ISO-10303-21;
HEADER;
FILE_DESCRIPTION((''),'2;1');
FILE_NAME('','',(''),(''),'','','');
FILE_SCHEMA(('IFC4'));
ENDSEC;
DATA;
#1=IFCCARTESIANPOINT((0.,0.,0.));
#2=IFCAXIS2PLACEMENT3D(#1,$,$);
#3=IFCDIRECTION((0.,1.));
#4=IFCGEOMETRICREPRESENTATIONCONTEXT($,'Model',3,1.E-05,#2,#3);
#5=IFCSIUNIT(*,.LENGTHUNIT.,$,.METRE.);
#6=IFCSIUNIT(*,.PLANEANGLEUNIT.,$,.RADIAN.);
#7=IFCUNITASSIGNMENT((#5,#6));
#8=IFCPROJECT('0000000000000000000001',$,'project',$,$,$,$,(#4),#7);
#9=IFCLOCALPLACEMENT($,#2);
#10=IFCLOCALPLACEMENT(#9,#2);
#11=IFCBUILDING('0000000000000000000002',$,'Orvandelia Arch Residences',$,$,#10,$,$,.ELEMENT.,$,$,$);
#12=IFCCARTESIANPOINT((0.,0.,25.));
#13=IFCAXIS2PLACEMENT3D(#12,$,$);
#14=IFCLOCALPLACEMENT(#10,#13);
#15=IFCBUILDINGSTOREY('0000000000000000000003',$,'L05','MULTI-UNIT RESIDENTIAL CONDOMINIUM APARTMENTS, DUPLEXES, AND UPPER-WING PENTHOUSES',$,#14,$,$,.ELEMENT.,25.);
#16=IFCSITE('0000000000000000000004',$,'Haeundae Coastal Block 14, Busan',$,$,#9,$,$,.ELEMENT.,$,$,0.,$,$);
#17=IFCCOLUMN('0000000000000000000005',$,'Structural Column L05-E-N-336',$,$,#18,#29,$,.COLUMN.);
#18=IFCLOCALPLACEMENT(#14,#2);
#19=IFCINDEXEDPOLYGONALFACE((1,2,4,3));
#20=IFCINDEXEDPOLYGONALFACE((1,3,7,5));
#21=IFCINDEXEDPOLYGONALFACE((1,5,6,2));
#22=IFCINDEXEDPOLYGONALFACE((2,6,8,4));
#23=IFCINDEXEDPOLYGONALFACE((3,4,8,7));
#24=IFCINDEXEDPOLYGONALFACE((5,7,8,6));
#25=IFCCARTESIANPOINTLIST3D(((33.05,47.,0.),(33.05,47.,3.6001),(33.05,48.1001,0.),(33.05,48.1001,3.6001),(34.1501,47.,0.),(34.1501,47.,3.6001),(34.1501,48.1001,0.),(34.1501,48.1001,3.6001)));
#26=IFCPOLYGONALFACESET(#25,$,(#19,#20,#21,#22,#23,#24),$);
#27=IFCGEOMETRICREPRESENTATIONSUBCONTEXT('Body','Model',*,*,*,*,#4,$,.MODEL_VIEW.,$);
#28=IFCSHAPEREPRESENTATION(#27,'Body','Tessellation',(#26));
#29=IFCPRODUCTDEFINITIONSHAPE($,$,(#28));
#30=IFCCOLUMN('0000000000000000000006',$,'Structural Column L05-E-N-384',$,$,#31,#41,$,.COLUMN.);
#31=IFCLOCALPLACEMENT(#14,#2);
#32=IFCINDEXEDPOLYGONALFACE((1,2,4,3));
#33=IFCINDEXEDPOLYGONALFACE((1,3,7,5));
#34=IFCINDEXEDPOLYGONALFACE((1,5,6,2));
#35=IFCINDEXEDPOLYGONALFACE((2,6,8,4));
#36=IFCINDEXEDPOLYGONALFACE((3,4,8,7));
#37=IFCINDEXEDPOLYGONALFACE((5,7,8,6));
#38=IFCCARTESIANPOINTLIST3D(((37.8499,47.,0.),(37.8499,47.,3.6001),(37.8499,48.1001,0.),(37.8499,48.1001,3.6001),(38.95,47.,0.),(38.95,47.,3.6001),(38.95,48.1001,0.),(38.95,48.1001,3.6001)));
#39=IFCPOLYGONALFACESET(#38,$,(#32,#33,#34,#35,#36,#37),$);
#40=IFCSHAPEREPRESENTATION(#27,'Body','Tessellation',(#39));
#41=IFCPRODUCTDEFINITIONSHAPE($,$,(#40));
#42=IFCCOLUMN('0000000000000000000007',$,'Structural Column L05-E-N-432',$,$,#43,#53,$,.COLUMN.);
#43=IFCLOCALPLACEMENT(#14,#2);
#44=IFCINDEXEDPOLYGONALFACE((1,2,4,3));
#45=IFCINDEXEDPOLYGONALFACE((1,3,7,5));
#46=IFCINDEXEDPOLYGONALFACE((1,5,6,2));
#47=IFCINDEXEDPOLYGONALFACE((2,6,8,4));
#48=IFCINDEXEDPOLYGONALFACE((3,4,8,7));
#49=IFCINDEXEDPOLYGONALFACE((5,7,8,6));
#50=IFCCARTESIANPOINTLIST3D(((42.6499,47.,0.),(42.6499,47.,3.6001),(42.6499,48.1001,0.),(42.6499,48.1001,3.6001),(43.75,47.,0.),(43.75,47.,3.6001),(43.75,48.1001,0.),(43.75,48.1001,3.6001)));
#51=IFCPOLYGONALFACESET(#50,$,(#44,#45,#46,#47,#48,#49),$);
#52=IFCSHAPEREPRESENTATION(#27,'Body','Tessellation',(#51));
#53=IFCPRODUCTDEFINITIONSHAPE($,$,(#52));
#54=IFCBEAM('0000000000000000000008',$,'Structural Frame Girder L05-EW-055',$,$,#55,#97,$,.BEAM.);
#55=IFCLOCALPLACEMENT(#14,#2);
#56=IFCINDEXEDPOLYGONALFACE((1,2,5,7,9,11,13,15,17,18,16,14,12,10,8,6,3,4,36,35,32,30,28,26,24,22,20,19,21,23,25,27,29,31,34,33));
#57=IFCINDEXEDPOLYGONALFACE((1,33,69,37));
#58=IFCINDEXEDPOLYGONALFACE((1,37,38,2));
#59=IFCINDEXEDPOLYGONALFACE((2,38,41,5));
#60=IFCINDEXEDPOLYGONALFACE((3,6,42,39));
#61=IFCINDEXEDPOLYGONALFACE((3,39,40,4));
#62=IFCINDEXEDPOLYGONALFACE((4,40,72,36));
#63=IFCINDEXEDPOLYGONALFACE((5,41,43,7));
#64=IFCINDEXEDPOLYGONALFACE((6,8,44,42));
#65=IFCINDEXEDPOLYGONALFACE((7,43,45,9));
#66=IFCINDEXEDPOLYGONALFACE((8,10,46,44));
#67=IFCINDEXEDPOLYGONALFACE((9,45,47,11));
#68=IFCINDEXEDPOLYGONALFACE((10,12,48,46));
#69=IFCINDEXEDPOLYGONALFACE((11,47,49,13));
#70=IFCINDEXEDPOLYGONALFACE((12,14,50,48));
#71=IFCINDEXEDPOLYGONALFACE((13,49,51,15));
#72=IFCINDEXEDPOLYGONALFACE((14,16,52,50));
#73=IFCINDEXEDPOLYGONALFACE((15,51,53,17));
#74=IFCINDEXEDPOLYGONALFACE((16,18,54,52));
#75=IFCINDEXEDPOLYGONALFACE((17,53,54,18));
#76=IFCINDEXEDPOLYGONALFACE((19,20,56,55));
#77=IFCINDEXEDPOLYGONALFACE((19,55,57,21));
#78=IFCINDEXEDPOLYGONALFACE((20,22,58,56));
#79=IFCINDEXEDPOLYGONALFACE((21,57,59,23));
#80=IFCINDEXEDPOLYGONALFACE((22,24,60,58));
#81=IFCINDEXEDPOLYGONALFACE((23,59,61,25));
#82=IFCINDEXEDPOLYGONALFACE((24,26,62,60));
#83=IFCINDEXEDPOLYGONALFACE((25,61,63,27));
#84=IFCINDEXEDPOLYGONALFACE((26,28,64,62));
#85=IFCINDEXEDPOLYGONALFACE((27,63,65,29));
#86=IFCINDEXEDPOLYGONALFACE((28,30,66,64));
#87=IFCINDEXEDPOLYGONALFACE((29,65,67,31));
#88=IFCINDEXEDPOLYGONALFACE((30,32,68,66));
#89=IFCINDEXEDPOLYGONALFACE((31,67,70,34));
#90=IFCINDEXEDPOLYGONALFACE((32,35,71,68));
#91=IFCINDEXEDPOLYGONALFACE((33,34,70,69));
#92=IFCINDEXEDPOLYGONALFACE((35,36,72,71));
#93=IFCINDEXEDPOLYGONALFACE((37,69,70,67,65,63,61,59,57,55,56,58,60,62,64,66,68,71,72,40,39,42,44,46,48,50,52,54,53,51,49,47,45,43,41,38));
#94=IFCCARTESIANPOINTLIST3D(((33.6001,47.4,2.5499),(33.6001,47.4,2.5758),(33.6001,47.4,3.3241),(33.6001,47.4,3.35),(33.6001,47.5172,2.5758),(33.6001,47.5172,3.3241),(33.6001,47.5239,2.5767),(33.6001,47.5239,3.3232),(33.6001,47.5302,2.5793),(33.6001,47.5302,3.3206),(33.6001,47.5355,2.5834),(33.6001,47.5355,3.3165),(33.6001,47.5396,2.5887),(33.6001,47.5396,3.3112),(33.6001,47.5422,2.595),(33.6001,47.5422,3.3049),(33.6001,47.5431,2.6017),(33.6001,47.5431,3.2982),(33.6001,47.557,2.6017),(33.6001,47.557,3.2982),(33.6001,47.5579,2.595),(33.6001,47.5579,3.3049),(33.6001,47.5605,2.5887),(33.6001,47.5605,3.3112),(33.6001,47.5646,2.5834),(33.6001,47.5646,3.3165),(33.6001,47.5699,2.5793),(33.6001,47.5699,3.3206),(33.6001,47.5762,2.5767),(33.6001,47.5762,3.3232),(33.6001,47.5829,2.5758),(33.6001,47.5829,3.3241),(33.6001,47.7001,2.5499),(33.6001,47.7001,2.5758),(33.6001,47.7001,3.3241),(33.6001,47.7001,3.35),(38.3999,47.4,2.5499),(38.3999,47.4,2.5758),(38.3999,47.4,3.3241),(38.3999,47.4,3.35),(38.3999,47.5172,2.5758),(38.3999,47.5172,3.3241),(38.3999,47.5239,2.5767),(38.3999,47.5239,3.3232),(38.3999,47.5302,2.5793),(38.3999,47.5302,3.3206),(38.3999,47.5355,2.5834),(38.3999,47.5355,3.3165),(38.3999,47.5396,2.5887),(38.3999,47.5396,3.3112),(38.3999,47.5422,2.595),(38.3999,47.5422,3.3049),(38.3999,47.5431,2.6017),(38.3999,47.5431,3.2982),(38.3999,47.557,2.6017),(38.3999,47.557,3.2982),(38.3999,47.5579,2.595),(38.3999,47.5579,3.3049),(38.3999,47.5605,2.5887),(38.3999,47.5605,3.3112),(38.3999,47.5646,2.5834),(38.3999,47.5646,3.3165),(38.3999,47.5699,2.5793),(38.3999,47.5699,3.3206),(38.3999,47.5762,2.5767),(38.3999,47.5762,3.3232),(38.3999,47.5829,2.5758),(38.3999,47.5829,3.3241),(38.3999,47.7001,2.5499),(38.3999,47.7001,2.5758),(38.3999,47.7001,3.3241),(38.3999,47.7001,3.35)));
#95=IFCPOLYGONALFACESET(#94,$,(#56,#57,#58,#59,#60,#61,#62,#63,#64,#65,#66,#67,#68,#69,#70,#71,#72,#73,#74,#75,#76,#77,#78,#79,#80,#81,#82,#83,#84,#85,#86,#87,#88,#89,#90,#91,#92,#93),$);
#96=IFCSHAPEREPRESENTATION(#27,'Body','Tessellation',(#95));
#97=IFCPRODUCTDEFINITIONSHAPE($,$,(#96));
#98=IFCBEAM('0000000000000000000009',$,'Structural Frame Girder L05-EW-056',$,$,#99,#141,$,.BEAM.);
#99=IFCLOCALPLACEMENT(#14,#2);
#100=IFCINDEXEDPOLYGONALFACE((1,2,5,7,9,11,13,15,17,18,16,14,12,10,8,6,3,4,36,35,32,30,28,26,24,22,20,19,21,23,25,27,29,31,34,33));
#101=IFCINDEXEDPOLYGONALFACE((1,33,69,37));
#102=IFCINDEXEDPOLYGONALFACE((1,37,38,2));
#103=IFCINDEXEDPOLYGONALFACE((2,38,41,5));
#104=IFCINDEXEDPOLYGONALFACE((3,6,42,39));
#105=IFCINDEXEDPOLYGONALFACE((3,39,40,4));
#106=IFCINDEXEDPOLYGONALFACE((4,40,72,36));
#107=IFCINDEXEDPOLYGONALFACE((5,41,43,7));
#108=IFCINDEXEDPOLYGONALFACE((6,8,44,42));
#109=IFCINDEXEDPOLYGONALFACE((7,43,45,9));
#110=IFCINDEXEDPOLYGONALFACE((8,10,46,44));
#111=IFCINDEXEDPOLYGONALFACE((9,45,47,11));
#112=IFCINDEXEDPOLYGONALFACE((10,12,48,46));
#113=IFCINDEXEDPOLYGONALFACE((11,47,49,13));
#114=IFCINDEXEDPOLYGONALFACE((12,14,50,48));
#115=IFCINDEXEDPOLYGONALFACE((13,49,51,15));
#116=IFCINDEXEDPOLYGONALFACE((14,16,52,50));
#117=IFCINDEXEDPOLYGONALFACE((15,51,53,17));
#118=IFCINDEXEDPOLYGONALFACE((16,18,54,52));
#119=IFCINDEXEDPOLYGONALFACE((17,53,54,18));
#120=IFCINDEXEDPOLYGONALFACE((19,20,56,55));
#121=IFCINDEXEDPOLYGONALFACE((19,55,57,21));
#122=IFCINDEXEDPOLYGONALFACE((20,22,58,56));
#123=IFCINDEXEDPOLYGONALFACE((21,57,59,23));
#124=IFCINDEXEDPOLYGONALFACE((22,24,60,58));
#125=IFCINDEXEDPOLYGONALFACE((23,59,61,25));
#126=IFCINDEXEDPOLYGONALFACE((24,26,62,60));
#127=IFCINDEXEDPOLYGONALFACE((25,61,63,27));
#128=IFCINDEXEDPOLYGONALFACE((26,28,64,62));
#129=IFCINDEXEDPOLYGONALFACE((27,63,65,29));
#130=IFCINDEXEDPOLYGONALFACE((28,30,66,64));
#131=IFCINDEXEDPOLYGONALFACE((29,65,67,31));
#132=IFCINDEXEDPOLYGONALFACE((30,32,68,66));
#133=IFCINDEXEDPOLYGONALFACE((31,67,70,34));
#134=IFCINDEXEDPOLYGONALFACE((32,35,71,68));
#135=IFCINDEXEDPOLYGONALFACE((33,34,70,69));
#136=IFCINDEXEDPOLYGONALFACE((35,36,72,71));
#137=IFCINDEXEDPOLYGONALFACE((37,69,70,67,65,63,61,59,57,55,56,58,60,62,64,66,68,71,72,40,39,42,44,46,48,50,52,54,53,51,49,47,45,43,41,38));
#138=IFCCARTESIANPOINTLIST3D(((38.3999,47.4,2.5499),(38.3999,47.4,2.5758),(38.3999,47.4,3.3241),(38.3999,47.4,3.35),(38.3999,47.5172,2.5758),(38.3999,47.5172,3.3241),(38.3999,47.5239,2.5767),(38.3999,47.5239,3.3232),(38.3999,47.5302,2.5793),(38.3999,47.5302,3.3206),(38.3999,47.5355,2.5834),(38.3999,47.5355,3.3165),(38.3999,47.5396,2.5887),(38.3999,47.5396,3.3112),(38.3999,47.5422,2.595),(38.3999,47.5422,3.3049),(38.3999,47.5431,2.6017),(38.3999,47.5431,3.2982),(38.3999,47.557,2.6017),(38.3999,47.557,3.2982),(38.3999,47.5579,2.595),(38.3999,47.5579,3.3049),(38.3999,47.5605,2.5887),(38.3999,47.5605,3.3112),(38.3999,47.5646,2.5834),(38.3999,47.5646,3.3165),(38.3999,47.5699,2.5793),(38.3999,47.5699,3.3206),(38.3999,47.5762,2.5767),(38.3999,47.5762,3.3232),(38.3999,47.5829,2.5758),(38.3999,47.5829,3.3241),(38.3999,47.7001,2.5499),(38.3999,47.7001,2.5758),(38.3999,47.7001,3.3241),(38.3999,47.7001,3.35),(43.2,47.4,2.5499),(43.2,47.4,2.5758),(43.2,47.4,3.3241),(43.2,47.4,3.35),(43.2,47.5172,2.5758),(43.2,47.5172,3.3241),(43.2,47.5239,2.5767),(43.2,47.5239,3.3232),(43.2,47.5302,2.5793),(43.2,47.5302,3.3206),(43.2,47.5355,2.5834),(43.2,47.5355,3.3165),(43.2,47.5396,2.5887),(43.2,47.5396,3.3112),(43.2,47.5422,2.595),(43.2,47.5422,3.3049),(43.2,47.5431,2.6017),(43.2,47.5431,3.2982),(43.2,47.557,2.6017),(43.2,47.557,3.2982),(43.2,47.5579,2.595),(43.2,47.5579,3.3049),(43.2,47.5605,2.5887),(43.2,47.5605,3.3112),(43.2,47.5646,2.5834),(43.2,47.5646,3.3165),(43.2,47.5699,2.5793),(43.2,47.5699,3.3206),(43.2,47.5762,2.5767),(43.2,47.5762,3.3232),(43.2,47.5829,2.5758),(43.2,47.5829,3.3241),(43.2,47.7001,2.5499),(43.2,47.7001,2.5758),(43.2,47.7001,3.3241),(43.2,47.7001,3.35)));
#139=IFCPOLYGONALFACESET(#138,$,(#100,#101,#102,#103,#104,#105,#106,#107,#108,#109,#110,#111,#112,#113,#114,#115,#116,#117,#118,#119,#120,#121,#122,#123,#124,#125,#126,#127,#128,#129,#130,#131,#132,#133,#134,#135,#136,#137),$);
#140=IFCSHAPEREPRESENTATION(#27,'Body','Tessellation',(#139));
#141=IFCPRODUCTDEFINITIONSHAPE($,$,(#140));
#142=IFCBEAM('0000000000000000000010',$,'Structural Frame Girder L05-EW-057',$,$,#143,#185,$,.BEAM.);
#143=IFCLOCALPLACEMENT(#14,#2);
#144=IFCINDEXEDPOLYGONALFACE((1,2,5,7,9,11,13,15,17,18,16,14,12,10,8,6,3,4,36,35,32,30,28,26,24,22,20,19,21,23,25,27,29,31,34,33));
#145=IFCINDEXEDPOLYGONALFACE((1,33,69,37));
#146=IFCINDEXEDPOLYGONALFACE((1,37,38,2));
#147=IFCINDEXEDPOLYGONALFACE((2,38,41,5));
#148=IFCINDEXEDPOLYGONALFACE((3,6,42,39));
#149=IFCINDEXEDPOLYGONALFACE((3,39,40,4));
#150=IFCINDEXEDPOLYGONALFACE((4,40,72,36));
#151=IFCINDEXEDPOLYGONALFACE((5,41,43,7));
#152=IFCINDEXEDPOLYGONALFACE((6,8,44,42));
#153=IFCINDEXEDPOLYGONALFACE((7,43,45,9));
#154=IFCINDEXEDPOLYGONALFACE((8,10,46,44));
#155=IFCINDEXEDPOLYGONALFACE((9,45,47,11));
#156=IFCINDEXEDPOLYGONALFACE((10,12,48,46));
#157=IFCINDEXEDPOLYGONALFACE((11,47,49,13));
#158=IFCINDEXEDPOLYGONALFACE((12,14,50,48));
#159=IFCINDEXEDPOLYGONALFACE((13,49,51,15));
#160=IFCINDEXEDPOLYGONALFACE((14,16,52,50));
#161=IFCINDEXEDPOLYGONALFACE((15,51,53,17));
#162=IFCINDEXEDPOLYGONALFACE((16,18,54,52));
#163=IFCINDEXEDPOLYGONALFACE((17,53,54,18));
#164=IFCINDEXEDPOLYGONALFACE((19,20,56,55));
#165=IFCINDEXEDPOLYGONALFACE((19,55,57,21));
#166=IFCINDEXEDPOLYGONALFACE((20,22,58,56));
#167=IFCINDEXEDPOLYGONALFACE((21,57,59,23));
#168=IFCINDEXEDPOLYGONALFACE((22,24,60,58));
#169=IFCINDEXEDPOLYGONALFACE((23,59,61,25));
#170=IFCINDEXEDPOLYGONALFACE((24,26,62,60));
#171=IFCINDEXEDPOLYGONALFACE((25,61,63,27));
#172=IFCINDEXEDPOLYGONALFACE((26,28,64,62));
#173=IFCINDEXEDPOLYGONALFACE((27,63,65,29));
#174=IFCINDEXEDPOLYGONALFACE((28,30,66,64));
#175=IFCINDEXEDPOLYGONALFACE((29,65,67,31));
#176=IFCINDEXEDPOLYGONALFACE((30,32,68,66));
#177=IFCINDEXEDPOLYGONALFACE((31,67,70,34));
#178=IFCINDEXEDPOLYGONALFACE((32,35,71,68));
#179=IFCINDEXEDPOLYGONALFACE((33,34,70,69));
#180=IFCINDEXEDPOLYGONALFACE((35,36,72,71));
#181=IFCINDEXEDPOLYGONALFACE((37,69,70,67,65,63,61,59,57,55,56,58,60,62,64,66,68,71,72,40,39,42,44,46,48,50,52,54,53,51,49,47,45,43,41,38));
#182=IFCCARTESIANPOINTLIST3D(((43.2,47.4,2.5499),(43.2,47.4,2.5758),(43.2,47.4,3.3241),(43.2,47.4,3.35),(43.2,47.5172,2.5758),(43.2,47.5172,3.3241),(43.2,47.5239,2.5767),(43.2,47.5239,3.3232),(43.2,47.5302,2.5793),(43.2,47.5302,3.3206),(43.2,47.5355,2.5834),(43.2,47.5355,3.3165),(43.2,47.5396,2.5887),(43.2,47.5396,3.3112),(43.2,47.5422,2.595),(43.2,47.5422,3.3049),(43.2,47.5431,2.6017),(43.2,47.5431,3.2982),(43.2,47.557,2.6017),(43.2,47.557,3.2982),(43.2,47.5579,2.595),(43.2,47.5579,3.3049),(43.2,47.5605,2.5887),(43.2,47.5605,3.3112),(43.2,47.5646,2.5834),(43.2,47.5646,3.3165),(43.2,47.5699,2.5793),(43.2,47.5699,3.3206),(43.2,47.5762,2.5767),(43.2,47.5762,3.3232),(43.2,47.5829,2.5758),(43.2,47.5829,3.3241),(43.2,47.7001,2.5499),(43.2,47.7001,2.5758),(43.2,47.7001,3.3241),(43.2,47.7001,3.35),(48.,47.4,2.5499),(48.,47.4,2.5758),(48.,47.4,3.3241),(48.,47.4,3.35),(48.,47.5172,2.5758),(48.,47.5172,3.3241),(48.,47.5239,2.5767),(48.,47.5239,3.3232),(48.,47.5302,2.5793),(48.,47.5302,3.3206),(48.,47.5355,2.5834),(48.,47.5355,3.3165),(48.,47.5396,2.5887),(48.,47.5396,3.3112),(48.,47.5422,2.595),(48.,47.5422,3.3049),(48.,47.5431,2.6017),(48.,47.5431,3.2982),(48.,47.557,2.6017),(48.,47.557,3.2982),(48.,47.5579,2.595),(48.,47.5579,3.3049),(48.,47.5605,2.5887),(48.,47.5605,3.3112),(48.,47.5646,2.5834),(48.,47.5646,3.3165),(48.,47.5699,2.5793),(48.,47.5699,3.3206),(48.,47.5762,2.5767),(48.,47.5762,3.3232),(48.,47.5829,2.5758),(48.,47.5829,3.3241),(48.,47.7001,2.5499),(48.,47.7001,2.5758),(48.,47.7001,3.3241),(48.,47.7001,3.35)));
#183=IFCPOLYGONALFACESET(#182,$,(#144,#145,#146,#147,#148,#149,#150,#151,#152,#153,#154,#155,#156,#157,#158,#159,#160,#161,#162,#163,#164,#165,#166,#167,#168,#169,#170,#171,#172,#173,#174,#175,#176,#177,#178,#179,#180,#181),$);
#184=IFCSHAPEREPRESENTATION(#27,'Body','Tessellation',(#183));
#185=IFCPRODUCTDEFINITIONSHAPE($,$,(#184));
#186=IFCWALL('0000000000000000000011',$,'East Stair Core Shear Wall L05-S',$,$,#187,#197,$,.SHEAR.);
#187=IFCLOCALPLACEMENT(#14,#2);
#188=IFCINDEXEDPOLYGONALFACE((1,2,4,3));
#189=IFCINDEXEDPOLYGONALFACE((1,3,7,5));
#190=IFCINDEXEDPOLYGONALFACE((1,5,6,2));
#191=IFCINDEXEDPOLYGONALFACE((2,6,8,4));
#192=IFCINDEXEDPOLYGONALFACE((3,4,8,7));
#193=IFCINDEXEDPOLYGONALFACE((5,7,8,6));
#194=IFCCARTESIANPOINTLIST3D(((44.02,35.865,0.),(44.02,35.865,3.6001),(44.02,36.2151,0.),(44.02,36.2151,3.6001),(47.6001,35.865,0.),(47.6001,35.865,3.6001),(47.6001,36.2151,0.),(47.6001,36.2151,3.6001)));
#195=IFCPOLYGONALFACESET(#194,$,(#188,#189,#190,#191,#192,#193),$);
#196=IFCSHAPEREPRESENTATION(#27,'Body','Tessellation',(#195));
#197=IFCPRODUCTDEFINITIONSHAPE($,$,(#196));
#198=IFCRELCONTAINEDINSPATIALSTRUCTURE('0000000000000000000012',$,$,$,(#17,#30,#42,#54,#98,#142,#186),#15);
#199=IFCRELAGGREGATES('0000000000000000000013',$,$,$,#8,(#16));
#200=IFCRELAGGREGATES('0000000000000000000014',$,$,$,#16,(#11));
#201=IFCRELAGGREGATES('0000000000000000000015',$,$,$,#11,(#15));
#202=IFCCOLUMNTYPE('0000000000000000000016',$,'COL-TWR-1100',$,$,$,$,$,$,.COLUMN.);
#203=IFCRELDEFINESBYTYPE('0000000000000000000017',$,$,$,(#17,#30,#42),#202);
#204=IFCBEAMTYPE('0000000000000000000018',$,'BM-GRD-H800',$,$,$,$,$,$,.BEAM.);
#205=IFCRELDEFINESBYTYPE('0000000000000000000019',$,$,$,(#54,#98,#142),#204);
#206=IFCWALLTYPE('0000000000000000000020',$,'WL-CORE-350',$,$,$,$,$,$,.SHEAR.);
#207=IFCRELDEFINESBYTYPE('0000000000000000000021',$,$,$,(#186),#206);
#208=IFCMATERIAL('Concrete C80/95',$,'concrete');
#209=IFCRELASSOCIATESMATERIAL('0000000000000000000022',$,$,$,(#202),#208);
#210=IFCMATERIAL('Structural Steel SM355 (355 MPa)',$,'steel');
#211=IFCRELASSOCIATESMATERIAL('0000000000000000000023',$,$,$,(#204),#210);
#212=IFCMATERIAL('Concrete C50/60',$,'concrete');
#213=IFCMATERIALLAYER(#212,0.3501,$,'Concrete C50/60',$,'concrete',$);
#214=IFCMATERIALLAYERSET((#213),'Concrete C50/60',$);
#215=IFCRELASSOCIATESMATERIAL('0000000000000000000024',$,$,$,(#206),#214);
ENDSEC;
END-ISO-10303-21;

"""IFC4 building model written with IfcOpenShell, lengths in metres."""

from ifc_helpers import new_model, si_unit, direction, frame, frame_2d, origin, origin_2d, place, context, subcontext, project, spatial, rectangle, i_section, extrude, material, layer, layer_set, material_profile, profile_set, type_object, element, save


model = new_model("IFC4")

# Units and contexts
model_context = context("Model", 3, precision=1e-05, world=origin(), true_north=direction((0.0, 1.0)))
body_context = subcontext(model_context, "Body", "Model", "MODEL_VIEW")
ifc_project = project(units=[si_unit("LENGTHUNIT", "METRE"), si_unit("PLANEANGLEUNIT", "RADIAN")], contexts=[model_context])

# Site, building, storey
site_placement = place(None, origin())
site = spatial("IfcSite", under=ifc_project, at=site_placement, Name="Haeundae Coastal Block 14, Busan", CompositionType="ELEMENT", RefElevation=0.0)
building_placement = place(site_placement, origin())
building = spatial("IfcBuilding", under=site, at=building_placement, Name="Orvandelia Arch Residences", CompositionType="ELEMENT")
storey_placement = place(building_placement, frame((0.0, 0.0, 25.0)))
storey = spatial("IfcBuildingStorey", under=building, at=storey_placement, Name="L05", Description="MULTI-UNIT RESIDENTIAL CONDOMINIUM APARTMENTS, DUPLEXES, AND UPPER-WING PENTHOUSES", CompositionType="ELEMENT", Elevation=25.0)

# Columns
ifc_material_1 = material(Name="Concrete C80/95", Category="concrete")
ifc_material_profile_1 = material_profile(ifc_material_1, rectangle(XDim=1.1001, YDim=1.1001, at=origin_2d()), Name="Concrete C80/95", Category="concrete")
ifc_profile_set_1 = profile_set([ifc_material_profile_1], Name="Concrete C80/95")
column_type = type_object("IfcColumnType", Name="COL-TWR-1100", PredefinedType="COLUMN", material=ifc_profile_set_1)
for number, where, z_axis, x_axis, name in (
    (1, (33.6001, 47.55, 0.0), (0.0, 0.0, 1.0), (1.0, 0.0, 0.0), "Structural Column L05-E-N-336"),
    (2, (38.3999, 47.55, 0.0), (0.0, 0.0, 1.0), (1.0, 0.0, 0.0), "Structural Column L05-E-N-384"),
    (3, (43.2, 47.55, 0.0), (0.0, 0.0, 1.0), (1.0, 0.0, 0.0), "Structural Column L05-E-N-432"),
):
    element("IfcColumn", number, at=place(storey_placement, frame(where, z_axis=z_axis, x_axis=x_axis)), inside=storey, type_object=column_type, Name=name, PredefinedType="COLUMN", context=body_context, shape_type="SweptSolid", body=[
        extrude(rectangle(XDim=1.1001, YDim=1.1001, at=origin_2d()), origin(), (0.0, 0.0, 1.0), 3.6001),
    ])

# Beams
ifc_material_2 = material(Name="Structural Steel SM355 (355 MPa)", Category="steel")
ifc_material_profile_2 = material_profile(ifc_material_2, i_section(OverallWidth=0.3, OverallDepth=0.8, WebThickness=0.0139, FlangeThickness=0.0259, FilletRadius=0.0259, at=origin_2d()), Name="Structural Steel SM355 (355 MPa)", Category="steel")
ifc_profile_set_2 = profile_set([ifc_material_profile_2], Name="Structural Steel SM355 (355 MPa)")
beam_type = type_object("IfcBeamType", Name="BM-GRD-H800", PredefinedType="BEAM", material=ifc_profile_set_2)
beam_placement = place(storey_placement, frame((33.6001, 47.55, 2.95), z_axis=(1.0, 0.0, 0.0), x_axis=(0.0, 1.0, 0.0)))
element("IfcBeam", 4, at=beam_placement, inside=storey, type_object=beam_type, Name="Structural Frame Girder L05-EW-055", PredefinedType="BEAM", context=body_context, shape_type="SweptSolid", body=[
    extrude(i_section(OverallWidth=0.3, OverallDepth=0.8, WebThickness=0.0139, FlangeThickness=0.0259, FilletRadius=0.0259, at=origin_2d()), origin(), (0.0, 0.0, 1.0), 4.7998),
])
for number, where, z_axis, x_axis, name in (
    (5, (38.3999, 47.55, 2.95), (1.0, 0.0, 0.0), (0.0, 1.0, 0.0), "Structural Frame Girder L05-EW-056"),
    (6, (43.2, 47.55, 2.95), (1.0, 0.0, 0.0), (0.0, 1.0, 0.0), "Structural Frame Girder L05-EW-057"),
):
    element("IfcBeam", number, at=place(storey_placement, frame(where, z_axis=z_axis, x_axis=x_axis)), inside=storey, type_object=beam_type, Name=name, PredefinedType="BEAM", context=body_context, shape_type="SweptSolid", body=[
        extrude(i_section(OverallWidth=0.3, OverallDepth=0.8, WebThickness=0.0139, FlangeThickness=0.0259, FilletRadius=0.0259, at=origin_2d()), origin(), (0.0, 0.0, 1.0), 4.8),
    ])

# Wall
ifc_material_3 = material(Name="Concrete C50/60", Category="concrete")
ifc_layer_1 = layer(ifc_material_3, 0.3501, Name="Concrete C50/60", Category="concrete")
ifc_layer_set_1 = layer_set([ifc_layer_1], Name="Concrete C50/60")
wall_type_1 = type_object("IfcWallType", Name="WL-CORE-350", PredefinedType="SHEAR", material=ifc_layer_set_1)
for number, where, z_axis, x_axis, name in (
    (7, (44.02, 36.04, 0.0), (0.0, 0.0, 1.0), (1.0, 0.0, 0.0), "East Stair Core Shear Wall L05-S"),
):
    element("IfcWall", number, at=place(storey_placement, frame(where, z_axis=z_axis, x_axis=x_axis)), inside=storey, type_object=wall_type_1, Name=name, PredefinedType="SHEAR", context=body_context, shape_type="SweptSolid", body=[
        extrude(rectangle(XDim=3.5801, YDim=0.3501, at=frame_2d((1.79, 0.0))), origin(), (0.0, 0.0, 1.0), 3.6001),
    ])

save(model, "model.ifc")
